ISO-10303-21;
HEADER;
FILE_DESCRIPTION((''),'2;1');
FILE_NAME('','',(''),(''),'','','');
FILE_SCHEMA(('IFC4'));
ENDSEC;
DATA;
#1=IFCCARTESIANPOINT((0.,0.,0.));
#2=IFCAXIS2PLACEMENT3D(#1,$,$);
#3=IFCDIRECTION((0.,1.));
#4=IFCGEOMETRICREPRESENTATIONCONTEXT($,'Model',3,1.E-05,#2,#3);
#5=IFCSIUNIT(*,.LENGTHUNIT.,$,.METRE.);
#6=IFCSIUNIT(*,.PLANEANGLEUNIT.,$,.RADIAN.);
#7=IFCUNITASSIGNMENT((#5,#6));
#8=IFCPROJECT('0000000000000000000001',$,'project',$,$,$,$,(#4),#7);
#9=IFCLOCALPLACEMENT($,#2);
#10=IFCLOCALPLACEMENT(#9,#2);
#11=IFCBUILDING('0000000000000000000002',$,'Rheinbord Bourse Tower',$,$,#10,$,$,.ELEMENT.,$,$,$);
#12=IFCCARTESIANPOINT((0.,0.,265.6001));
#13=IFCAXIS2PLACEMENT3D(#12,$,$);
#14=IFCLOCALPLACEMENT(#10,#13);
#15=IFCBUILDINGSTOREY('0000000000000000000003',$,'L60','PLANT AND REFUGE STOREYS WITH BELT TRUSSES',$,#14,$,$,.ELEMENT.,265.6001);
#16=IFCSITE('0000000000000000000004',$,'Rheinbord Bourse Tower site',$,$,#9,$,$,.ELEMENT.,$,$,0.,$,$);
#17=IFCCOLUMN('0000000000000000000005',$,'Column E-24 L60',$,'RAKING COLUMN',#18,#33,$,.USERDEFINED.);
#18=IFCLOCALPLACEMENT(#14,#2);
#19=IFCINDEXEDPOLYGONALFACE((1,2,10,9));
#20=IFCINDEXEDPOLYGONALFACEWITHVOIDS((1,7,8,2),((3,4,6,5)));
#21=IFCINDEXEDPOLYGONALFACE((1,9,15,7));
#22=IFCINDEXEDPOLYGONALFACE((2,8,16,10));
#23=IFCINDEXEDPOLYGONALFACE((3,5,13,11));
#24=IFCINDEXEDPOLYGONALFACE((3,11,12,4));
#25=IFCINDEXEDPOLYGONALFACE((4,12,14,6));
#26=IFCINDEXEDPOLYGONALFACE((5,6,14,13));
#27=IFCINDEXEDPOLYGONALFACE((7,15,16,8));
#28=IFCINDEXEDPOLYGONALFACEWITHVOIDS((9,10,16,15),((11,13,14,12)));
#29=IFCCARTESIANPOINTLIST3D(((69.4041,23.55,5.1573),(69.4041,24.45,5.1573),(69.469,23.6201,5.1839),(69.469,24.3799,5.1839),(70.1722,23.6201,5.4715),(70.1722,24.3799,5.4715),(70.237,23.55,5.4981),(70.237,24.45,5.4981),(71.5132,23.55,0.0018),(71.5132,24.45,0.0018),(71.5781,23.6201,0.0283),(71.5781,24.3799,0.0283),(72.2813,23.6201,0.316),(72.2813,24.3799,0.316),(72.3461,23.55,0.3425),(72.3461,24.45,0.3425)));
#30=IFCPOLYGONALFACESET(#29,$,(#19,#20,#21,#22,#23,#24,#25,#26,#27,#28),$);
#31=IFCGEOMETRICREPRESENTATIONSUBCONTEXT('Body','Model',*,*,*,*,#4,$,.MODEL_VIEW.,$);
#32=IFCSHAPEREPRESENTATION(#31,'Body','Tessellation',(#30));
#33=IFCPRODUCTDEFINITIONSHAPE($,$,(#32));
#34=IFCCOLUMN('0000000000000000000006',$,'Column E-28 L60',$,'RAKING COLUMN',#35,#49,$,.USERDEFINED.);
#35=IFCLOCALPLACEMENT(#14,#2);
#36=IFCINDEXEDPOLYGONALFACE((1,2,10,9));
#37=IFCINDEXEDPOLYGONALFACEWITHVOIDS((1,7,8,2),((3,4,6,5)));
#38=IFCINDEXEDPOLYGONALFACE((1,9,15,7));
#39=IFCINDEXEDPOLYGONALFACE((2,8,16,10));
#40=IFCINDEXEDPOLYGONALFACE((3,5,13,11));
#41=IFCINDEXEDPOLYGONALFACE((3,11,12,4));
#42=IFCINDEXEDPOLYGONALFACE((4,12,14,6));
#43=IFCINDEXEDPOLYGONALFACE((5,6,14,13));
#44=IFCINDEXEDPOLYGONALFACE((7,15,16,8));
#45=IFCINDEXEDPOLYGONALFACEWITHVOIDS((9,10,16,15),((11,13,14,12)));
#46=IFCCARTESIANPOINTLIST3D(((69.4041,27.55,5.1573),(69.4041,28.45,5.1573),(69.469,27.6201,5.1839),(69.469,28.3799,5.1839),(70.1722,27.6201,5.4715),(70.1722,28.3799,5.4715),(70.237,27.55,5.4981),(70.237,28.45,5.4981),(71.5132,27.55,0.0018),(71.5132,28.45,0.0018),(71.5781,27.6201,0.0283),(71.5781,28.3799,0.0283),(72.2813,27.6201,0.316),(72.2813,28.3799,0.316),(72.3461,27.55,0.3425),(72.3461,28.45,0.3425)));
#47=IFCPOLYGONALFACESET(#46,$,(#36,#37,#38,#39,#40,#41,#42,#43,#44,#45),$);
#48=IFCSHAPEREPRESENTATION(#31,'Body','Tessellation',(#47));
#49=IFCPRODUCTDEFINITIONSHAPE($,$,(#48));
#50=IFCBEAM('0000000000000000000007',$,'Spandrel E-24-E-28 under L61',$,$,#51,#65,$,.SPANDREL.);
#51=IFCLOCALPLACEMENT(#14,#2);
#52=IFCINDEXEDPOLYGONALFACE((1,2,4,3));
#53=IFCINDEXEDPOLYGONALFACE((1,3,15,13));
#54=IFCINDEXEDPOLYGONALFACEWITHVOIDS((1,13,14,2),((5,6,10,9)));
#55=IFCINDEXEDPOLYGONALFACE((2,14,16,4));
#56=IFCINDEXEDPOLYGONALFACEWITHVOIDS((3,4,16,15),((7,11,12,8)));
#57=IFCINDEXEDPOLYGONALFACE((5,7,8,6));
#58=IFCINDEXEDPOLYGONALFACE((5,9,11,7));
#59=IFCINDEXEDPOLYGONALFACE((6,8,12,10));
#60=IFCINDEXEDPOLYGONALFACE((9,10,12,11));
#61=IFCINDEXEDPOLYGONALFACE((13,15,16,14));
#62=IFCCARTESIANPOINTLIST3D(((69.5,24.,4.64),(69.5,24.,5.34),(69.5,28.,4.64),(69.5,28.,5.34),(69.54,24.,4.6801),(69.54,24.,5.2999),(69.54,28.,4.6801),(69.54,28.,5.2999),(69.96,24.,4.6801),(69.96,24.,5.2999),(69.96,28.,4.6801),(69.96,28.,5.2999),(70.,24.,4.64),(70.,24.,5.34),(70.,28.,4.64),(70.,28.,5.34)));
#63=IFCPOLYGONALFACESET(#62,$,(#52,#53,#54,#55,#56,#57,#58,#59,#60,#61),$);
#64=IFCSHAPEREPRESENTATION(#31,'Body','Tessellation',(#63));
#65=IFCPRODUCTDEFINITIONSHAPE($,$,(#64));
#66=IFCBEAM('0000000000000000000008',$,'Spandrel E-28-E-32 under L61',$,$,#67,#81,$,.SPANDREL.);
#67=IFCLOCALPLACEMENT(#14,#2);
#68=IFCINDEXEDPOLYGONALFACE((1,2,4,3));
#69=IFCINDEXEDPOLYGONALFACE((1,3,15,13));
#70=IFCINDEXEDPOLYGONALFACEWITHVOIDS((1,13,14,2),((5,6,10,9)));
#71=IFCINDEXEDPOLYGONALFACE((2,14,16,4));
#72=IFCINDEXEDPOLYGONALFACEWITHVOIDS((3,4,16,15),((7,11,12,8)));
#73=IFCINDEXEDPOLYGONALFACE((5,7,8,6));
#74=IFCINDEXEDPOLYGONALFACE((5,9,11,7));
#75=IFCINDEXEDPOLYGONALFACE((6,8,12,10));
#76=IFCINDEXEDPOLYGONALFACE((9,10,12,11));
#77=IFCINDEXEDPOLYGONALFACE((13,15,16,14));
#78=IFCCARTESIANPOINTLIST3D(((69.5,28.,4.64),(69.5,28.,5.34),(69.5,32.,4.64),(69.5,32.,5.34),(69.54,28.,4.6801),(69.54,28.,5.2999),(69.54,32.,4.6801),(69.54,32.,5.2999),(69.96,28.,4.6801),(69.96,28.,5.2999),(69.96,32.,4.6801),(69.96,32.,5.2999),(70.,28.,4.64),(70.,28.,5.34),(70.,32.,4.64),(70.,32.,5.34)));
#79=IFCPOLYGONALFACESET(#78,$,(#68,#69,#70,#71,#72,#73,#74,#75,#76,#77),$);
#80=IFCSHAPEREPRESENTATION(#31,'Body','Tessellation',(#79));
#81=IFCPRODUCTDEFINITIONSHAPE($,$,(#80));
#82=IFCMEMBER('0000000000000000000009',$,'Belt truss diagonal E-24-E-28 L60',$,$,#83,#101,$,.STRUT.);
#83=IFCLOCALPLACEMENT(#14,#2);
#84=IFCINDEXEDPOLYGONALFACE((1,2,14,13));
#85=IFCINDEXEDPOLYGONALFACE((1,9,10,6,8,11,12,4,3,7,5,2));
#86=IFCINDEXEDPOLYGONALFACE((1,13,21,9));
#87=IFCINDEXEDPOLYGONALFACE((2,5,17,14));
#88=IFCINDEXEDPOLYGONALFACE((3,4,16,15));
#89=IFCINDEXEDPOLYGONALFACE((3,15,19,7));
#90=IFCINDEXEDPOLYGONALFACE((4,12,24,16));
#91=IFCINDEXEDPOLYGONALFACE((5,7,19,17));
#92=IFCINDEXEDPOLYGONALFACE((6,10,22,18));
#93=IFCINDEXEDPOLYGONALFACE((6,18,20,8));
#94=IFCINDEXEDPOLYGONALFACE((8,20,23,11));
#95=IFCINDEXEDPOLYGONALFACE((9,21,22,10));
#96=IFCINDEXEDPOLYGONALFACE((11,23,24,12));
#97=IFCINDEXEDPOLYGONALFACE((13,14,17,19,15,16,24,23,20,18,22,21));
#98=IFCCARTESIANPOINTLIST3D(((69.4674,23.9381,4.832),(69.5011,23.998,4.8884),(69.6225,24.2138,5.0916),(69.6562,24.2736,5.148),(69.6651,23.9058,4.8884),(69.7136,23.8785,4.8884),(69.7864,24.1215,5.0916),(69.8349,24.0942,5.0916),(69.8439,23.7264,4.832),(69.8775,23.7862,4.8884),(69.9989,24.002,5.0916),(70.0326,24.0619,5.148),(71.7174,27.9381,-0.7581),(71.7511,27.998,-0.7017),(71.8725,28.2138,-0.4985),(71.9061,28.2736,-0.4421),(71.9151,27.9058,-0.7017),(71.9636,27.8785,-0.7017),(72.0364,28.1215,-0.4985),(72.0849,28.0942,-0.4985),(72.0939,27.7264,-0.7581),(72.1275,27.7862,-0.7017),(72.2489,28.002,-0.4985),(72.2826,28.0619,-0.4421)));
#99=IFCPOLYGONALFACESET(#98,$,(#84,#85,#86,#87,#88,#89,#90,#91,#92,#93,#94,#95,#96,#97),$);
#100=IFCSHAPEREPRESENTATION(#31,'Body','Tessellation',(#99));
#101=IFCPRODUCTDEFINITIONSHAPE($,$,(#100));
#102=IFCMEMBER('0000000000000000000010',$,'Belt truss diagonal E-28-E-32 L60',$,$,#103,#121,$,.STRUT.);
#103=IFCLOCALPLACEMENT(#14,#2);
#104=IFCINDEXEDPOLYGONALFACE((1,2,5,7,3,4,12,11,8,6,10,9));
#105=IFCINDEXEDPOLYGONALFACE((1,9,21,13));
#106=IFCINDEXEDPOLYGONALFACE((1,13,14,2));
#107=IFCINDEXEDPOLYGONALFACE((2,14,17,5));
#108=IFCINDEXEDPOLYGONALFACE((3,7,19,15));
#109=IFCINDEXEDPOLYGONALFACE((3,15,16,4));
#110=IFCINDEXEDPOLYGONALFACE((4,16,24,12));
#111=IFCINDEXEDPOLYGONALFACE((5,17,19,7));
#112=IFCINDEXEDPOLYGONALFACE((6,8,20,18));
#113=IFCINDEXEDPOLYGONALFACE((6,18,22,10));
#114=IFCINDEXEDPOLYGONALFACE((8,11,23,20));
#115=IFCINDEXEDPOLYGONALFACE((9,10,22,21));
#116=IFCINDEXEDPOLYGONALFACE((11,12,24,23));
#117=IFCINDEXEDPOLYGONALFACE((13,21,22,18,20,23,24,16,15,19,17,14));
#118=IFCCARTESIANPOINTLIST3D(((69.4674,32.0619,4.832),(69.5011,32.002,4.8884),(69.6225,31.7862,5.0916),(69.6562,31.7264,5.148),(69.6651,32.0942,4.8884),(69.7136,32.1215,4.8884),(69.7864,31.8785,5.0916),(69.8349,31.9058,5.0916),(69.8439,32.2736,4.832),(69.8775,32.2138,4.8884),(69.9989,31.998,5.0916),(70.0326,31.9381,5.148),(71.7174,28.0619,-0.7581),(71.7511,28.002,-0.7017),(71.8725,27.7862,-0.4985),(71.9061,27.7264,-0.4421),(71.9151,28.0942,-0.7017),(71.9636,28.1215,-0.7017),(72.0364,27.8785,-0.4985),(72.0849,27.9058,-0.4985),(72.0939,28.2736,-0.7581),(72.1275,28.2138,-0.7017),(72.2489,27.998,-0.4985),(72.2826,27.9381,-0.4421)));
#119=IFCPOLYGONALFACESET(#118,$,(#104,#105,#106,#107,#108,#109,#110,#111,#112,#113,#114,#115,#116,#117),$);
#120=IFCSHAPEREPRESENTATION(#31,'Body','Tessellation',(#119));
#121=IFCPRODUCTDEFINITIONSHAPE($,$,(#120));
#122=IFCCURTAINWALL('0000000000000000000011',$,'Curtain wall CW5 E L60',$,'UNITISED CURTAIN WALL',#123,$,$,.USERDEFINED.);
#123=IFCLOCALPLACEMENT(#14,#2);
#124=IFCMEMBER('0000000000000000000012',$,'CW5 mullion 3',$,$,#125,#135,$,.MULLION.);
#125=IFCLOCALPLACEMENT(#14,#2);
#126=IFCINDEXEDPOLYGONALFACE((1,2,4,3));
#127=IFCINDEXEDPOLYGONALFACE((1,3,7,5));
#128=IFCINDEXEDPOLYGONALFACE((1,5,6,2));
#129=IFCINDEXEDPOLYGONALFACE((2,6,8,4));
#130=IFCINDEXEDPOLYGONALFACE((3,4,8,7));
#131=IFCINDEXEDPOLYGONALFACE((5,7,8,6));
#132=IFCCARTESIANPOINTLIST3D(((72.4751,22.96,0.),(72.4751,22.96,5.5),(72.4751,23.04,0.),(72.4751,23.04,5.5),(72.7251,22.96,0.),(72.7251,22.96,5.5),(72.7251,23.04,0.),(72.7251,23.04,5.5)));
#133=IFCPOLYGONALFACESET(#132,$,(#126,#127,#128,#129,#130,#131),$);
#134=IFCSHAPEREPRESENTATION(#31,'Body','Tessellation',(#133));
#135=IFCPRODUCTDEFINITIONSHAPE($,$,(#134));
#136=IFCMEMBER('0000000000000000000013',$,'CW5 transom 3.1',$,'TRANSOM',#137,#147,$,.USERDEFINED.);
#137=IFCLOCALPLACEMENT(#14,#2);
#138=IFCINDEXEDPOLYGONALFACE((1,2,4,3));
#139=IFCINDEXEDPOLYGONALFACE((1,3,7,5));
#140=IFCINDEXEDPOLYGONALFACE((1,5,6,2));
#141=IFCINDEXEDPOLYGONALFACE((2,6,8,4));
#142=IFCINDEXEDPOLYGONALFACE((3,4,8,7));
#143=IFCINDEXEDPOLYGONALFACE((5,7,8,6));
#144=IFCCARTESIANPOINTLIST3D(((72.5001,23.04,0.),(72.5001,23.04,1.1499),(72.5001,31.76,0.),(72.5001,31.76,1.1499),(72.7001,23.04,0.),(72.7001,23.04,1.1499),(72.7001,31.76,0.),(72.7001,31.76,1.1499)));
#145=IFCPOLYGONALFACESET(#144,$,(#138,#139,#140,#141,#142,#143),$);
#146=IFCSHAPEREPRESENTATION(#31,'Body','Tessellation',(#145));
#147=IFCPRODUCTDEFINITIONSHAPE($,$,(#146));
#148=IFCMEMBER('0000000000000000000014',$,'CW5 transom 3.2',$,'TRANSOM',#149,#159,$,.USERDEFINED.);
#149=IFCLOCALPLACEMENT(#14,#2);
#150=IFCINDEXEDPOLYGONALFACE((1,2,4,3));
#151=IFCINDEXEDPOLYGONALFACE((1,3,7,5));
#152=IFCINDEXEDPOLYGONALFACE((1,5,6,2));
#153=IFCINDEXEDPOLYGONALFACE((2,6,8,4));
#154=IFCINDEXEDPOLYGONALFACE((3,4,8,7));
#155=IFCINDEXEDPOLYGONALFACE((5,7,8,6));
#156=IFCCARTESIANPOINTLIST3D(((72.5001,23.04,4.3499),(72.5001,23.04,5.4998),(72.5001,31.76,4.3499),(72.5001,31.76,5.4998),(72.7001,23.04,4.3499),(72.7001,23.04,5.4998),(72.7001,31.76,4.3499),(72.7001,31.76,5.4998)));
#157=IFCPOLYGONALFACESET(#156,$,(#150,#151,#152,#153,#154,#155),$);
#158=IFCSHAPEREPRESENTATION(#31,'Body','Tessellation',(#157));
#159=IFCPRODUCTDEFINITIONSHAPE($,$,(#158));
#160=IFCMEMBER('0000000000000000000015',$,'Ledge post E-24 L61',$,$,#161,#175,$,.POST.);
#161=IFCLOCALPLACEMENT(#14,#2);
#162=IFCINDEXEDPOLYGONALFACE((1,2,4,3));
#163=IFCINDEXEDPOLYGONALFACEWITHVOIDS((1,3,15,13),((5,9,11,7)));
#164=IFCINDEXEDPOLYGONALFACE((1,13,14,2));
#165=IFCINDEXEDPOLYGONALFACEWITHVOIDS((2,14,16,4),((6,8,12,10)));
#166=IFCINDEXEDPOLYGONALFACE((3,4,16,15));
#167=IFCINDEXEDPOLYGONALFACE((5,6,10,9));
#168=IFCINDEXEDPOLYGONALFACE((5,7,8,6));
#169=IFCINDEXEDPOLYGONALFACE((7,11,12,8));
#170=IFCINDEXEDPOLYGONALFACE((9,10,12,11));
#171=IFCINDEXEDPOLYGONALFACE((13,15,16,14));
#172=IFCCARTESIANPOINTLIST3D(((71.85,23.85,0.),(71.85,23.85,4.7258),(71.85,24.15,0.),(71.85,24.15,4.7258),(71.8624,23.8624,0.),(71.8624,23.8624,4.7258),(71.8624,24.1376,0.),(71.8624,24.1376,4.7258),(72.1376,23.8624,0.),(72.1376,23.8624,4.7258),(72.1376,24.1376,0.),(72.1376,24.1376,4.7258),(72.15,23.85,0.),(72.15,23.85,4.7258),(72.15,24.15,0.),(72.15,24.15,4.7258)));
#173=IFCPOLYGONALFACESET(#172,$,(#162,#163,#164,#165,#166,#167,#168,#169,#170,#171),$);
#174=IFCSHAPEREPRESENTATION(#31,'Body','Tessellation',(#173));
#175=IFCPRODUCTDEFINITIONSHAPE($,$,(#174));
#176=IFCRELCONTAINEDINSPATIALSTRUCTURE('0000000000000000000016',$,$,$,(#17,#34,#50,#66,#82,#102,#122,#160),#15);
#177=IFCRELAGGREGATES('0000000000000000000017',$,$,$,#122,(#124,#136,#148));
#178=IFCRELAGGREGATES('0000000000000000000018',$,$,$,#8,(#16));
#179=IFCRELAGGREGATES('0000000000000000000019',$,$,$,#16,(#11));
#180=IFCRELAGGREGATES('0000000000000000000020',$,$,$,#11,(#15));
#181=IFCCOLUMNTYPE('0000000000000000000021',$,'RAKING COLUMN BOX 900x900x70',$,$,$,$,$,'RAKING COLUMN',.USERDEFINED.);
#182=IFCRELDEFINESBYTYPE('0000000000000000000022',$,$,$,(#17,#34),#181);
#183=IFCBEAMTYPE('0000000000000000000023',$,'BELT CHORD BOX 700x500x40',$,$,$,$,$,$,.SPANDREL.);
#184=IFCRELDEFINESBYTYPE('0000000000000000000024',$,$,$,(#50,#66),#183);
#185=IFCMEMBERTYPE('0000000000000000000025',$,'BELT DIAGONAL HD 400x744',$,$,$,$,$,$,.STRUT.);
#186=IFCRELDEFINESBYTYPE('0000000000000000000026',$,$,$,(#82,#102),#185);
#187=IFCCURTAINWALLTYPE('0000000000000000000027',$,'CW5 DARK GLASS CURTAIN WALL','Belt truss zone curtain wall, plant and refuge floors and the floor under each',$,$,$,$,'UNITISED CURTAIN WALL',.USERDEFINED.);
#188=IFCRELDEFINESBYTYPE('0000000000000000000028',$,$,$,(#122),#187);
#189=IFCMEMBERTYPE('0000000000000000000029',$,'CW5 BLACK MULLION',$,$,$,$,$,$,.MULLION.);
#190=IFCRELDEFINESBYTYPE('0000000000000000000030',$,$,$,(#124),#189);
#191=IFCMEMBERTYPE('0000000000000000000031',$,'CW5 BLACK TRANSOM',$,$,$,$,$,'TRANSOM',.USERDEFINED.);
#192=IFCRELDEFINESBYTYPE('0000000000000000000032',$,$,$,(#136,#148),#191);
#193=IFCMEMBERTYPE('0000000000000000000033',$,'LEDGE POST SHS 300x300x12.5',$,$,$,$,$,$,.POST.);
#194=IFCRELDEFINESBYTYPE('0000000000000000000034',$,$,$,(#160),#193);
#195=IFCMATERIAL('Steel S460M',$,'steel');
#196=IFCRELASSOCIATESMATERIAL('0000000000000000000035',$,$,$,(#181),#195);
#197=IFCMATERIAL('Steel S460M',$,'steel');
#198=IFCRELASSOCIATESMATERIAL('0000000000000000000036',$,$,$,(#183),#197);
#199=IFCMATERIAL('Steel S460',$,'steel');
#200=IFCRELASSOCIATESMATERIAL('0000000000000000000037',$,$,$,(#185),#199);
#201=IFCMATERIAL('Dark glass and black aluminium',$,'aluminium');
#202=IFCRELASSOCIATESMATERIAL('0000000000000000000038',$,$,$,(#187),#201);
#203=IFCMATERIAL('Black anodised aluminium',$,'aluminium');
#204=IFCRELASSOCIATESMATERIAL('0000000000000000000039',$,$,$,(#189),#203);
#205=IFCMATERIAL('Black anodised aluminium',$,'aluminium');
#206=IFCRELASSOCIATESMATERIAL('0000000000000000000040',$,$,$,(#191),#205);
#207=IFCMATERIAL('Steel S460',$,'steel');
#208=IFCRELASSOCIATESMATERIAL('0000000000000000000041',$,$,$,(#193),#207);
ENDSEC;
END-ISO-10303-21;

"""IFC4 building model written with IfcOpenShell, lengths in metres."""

from ifc_helpers import new_model, si_unit, direction, frame, origin, origin_2d, place, context, subcontext, project, spatial, rectangle, hollow_rectangle, i_section, extrude, material, material_profile, profile_set, type_object, element, aggregate, save


model = new_model("IFC4")

# Units and contexts
model_context = context("Model", 3, precision=1e-05, world=origin(), true_north=direction((0.0, 1.0)))
body_context = subcontext(model_context, "Body", "Model", "MODEL_VIEW")
ifc_project = project(units=[si_unit("LENGTHUNIT", "METRE"), si_unit("PLANEANGLEUNIT", "RADIAN")], contexts=[model_context])

# Site, building, storey
site_placement = place(None, origin())
site = spatial("IfcSite", under=ifc_project, at=site_placement, Name="Rheinbord Bourse Tower site", CompositionType="ELEMENT", RefElevation=0.0)
building_placement = place(site_placement, origin())
building = spatial("IfcBuilding", under=site, at=building_placement, Name="Rheinbord Bourse Tower", CompositionType="ELEMENT")
storey_placement = place(building_placement, frame((0.0, 0.0, 265.6001)))
storey = spatial("IfcBuildingStorey", under=building, at=storey_placement, Name="L60", Description="PLANT AND REFUGE STOREYS WITH BELT TRUSSES", CompositionType="ELEMENT", Elevation=265.6001)

# Columns
ifc_material_1 = material(Name="Steel S460M", Category="steel")
ifc_material_profile_1 = material_profile(ifc_material_1, hollow_rectangle(XDim=0.8999, YDim=0.8999, WallThickness=0.0701, at=origin_2d()), Name="BOX 900x900x70")
ifc_profile_set_1 = profile_set([ifc_material_profile_1], Name="Steel S460M")
column_type = type_object("IfcColumnType", Name="RAKING COLUMN BOX 900x900x70", ElementType="RAKING COLUMN", PredefinedType="USERDEFINED", material=ifc_profile_set_1)
for number, where, z_axis, x_axis, name in (
    (1, (71.9297, 24.0, 0.1721), (-0.378633, 0.0, 0.925547), (0.925547, 0.0, 0.378633), "Column E-24 L60"),
    (2, (71.9297, 28.0, 0.1721), (-0.378633, 0.0, 0.925547), (0.925547, 0.0, 0.378633), "Column E-28 L60"),
):
    element("IfcColumn", number, at=place(storey_placement, frame(where, z_axis=z_axis, x_axis=x_axis)), inside=storey, type_object=column_type, Name=name, ObjectType="RAKING COLUMN", PredefinedType="USERDEFINED", context=body_context, shape_type="SweptSolid", body=[
        extrude(hollow_rectangle(XDim=0.8999, YDim=0.8999, WallThickness=0.0701, at=origin_2d()), origin(), (0.0, 0.0, 1.0), 5.5703),
    ])

# Beams
ifc_material_2 = material(Name="Steel S460M", Category="steel")
ifc_material_profile_2 = material_profile(ifc_material_2, hollow_rectangle(XDim=0.5, YDim=0.7, WallThickness=0.04, at=origin_2d()), Name="BOX 700x500x40")
ifc_profile_set_2 = profile_set([ifc_material_profile_2], Name="Steel S460M")
beam_type_1 = type_object("IfcBeamType", Name="BELT CHORD BOX 700x500x40", PredefinedType="SPANDREL", material=ifc_profile_set_2)
for number, where, z_axis, x_axis, name in (
    (3, (69.75, 24.0, 4.99), (0.0, 1.0, 0.0), (-1.0, 0.0, 0.0), "Spandrel E-24-E-28 under L61"),
    (4, (69.75, 28.0, 4.99), (0.0, 1.0, 0.0), (-1.0, 0.0, 0.0), "Spandrel E-28-E-32 under L61"),
):
    element("IfcBeam", number, at=place(storey_placement, frame(where, z_axis=z_axis, x_axis=x_axis)), inside=storey, type_object=beam_type_1, Name=name, PredefinedType="SPANDREL", context=body_context, shape_type="SweptSolid", body=[
        extrude(hollow_rectangle(XDim=0.5, YDim=0.7, WallThickness=0.04, at=origin_2d()), origin(), (0.0, 0.0, 1.0), 4.0),
    ])

# Members
ifc_material_3 = material(Name="Steel S460", Category="steel")
ifc_material_profile_3 = material_profile(ifc_material_3, i_section(OverallWidth=0.4319, OverallDepth=0.498, WebThickness=0.0557, FlangeThickness=0.0889, at=origin_2d()), Name="HD 400x744")
ifc_profile_set_3 = profile_set([ifc_material_profile_3], Name="Steel S460")
member_type_1 = type_object("IfcMemberType", Name="BELT DIAGONAL HD 400x744", PredefinedType="STRUT", material=ifc_profile_set_3)
for number, where, z_axis, x_axis, name in (
    (5, (72.0, 28.0, -0.6001), (-0.311088, -0.553046, 0.772894), (0.871576, -0.490261, 0.0), "Belt truss diagonal E-24-E-28 L60"),
    (6, (72.0, 28.0, -0.6001), (-0.311088, 0.553046, 0.772894), (-0.871576, -0.490261, 0.0), "Belt truss diagonal E-28-E-32 L60"),
):
    element("IfcMember", number, at=place(storey_placement, frame(where, z_axis=z_axis, x_axis=x_axis)), inside=storey, type_object=member_type_1, Name=name, PredefinedType="STRUT", context=body_context, shape_type="SweptSolid", body=[
        extrude(i_section(OverallWidth=0.4319, OverallDepth=0.498, WebThickness=0.0557, FlangeThickness=0.0889, at=origin_2d()), origin(), (0.0, 0.0, 1.0), 7.2327),
    ])

# Curtain wall, members
ifc_material_4 = material(Name="Dark glass and black aluminium", Category="aluminium")
curtain_wall_type = type_object("IfcCurtainWallType", Name="CW5 DARK GLASS CURTAIN WALL", Description="Belt truss zone curtain wall, plant and refuge floors and the floor under each", ElementType="UNITISED CURTAIN WALL", PredefinedType="USERDEFINED", material=ifc_material_4)
curtain_wall_placement = place(storey_placement, origin())
curtain_wall = element("IfcCurtainWall", 7, at=curtain_wall_placement, inside=storey, type_object=curtain_wall_type, Name="Curtain wall CW5 E L60", ObjectType="UNITISED CURTAIN WALL", PredefinedType="USERDEFINED")
ifc_material_5 = material(Name="Black anodised aluminium", Category="aluminium")
ifc_material_profile_4 = material_profile(ifc_material_5, rectangle(XDim=0.25, YDim=0.0801, at=origin_2d()), Name="CW5 MULLION 80x250")
ifc_profile_set_4 = profile_set([ifc_material_profile_4], Name="Black anodised aluminium")
member_type_2 = type_object("IfcMemberType", Name="CW5 BLACK MULLION", PredefinedType="MULLION", material=ifc_profile_set_4)
member_1_placement = place(storey_placement, frame((72.6001, 23.0, 0.0), z_axis=(0.0, 0.0, 1.0), x_axis=(-1.0, 0.0, 0.0)))
member_1 = element("IfcMember", 8, at=member_1_placement, type_object=member_type_2, Name="CW5 mullion 3", PredefinedType="MULLION", context=body_context, shape_type="SweptSolid", body=[
    extrude(rectangle(XDim=0.25, YDim=0.0801, at=origin_2d()), origin(), (0.0, 0.0, 1.0), 5.5),
])
ifc_material_6 = material(Name="Black anodised aluminium", Category="aluminium")
ifc_material_profile_5 = material_profile(ifc_material_6, rectangle(XDim=0.2, YDim=1.1499, at=origin_2d()), Name="CW5 TRANSOM 1150x200")
ifc_profile_set_5 = profile_set([ifc_material_profile_5], Name="Black anodised aluminium")
member_type_3 = type_object("IfcMemberType", Name="CW5 BLACK TRANSOM", ElementType="TRANSOM", PredefinedType="USERDEFINED", material=ifc_profile_set_5)
member_2_placement = place(storey_placement, frame((72.6001, 23.04, 0.575), z_axis=(0.0, 1.0, 0.0), x_axis=(-1.0, 0.0, 0.0)))
member_2 = element("IfcMember", 9, at=member_2_placement, type_object=member_type_3, Name="CW5 transom 3.1", ObjectType="TRANSOM", PredefinedType="USERDEFINED", context=body_context, shape_type="SweptSolid", body=[
    extrude(rectangle(XDim=0.2, YDim=1.1499, at=origin_2d()), origin(), (0.0, 0.0, 1.0), 8.72),
])
member_3_placement = place(storey_placement, frame((72.6001, 23.04, 4.9248), z_axis=(0.0, 1.0, 0.0), x_axis=(-1.0, 0.0, 0.0)))
member_3 = element("IfcMember", 10, at=member_3_placement, type_object=member_type_3, Name="CW5 transom 3.2", ObjectType="TRANSOM", PredefinedType="USERDEFINED", context=body_context, shape_type="SweptSolid", body=[
    extrude(rectangle(XDim=0.2, YDim=1.1499, at=origin_2d()), origin(), (0.0, 0.0, 1.0), 8.72),
])

# Member
ifc_material_7 = material(Name="Steel S460", Category="steel")
ifc_material_profile_6 = material_profile(ifc_material_7, hollow_rectangle(XDim=0.3, YDim=0.3, WallThickness=0.0125, at=origin_2d()), Name="SHS 300x300x12.5")
ifc_profile_set_6 = profile_set([ifc_material_profile_6], Name="Steel S460")
member_type_4 = type_object("IfcMemberType", Name="LEDGE POST SHS 300x300x12.5", PredefinedType="POST", material=ifc_profile_set_6)
member_4_placement = place(storey_placement, frame((72.0, 24.0, 0.0), z_axis=(0.0, 0.0, 1.0), x_axis=(1.0, 0.0, 0.0)))
element("IfcMember", 11, at=member_4_placement, inside=storey, type_object=member_type_4, Name="Ledge post E-24 L61", PredefinedType="POST", context=body_context, shape_type="SweptSolid", body=[
    extrude(hollow_rectangle(XDim=0.3, YDim=0.3, WallThickness=0.0125, at=origin_2d()), origin(), (0.0, 0.0, 1.0), 4.7258),
])

aggregate(curtain_wall, [member_1, member_2, member_3])

save(model, "model.ifc")
